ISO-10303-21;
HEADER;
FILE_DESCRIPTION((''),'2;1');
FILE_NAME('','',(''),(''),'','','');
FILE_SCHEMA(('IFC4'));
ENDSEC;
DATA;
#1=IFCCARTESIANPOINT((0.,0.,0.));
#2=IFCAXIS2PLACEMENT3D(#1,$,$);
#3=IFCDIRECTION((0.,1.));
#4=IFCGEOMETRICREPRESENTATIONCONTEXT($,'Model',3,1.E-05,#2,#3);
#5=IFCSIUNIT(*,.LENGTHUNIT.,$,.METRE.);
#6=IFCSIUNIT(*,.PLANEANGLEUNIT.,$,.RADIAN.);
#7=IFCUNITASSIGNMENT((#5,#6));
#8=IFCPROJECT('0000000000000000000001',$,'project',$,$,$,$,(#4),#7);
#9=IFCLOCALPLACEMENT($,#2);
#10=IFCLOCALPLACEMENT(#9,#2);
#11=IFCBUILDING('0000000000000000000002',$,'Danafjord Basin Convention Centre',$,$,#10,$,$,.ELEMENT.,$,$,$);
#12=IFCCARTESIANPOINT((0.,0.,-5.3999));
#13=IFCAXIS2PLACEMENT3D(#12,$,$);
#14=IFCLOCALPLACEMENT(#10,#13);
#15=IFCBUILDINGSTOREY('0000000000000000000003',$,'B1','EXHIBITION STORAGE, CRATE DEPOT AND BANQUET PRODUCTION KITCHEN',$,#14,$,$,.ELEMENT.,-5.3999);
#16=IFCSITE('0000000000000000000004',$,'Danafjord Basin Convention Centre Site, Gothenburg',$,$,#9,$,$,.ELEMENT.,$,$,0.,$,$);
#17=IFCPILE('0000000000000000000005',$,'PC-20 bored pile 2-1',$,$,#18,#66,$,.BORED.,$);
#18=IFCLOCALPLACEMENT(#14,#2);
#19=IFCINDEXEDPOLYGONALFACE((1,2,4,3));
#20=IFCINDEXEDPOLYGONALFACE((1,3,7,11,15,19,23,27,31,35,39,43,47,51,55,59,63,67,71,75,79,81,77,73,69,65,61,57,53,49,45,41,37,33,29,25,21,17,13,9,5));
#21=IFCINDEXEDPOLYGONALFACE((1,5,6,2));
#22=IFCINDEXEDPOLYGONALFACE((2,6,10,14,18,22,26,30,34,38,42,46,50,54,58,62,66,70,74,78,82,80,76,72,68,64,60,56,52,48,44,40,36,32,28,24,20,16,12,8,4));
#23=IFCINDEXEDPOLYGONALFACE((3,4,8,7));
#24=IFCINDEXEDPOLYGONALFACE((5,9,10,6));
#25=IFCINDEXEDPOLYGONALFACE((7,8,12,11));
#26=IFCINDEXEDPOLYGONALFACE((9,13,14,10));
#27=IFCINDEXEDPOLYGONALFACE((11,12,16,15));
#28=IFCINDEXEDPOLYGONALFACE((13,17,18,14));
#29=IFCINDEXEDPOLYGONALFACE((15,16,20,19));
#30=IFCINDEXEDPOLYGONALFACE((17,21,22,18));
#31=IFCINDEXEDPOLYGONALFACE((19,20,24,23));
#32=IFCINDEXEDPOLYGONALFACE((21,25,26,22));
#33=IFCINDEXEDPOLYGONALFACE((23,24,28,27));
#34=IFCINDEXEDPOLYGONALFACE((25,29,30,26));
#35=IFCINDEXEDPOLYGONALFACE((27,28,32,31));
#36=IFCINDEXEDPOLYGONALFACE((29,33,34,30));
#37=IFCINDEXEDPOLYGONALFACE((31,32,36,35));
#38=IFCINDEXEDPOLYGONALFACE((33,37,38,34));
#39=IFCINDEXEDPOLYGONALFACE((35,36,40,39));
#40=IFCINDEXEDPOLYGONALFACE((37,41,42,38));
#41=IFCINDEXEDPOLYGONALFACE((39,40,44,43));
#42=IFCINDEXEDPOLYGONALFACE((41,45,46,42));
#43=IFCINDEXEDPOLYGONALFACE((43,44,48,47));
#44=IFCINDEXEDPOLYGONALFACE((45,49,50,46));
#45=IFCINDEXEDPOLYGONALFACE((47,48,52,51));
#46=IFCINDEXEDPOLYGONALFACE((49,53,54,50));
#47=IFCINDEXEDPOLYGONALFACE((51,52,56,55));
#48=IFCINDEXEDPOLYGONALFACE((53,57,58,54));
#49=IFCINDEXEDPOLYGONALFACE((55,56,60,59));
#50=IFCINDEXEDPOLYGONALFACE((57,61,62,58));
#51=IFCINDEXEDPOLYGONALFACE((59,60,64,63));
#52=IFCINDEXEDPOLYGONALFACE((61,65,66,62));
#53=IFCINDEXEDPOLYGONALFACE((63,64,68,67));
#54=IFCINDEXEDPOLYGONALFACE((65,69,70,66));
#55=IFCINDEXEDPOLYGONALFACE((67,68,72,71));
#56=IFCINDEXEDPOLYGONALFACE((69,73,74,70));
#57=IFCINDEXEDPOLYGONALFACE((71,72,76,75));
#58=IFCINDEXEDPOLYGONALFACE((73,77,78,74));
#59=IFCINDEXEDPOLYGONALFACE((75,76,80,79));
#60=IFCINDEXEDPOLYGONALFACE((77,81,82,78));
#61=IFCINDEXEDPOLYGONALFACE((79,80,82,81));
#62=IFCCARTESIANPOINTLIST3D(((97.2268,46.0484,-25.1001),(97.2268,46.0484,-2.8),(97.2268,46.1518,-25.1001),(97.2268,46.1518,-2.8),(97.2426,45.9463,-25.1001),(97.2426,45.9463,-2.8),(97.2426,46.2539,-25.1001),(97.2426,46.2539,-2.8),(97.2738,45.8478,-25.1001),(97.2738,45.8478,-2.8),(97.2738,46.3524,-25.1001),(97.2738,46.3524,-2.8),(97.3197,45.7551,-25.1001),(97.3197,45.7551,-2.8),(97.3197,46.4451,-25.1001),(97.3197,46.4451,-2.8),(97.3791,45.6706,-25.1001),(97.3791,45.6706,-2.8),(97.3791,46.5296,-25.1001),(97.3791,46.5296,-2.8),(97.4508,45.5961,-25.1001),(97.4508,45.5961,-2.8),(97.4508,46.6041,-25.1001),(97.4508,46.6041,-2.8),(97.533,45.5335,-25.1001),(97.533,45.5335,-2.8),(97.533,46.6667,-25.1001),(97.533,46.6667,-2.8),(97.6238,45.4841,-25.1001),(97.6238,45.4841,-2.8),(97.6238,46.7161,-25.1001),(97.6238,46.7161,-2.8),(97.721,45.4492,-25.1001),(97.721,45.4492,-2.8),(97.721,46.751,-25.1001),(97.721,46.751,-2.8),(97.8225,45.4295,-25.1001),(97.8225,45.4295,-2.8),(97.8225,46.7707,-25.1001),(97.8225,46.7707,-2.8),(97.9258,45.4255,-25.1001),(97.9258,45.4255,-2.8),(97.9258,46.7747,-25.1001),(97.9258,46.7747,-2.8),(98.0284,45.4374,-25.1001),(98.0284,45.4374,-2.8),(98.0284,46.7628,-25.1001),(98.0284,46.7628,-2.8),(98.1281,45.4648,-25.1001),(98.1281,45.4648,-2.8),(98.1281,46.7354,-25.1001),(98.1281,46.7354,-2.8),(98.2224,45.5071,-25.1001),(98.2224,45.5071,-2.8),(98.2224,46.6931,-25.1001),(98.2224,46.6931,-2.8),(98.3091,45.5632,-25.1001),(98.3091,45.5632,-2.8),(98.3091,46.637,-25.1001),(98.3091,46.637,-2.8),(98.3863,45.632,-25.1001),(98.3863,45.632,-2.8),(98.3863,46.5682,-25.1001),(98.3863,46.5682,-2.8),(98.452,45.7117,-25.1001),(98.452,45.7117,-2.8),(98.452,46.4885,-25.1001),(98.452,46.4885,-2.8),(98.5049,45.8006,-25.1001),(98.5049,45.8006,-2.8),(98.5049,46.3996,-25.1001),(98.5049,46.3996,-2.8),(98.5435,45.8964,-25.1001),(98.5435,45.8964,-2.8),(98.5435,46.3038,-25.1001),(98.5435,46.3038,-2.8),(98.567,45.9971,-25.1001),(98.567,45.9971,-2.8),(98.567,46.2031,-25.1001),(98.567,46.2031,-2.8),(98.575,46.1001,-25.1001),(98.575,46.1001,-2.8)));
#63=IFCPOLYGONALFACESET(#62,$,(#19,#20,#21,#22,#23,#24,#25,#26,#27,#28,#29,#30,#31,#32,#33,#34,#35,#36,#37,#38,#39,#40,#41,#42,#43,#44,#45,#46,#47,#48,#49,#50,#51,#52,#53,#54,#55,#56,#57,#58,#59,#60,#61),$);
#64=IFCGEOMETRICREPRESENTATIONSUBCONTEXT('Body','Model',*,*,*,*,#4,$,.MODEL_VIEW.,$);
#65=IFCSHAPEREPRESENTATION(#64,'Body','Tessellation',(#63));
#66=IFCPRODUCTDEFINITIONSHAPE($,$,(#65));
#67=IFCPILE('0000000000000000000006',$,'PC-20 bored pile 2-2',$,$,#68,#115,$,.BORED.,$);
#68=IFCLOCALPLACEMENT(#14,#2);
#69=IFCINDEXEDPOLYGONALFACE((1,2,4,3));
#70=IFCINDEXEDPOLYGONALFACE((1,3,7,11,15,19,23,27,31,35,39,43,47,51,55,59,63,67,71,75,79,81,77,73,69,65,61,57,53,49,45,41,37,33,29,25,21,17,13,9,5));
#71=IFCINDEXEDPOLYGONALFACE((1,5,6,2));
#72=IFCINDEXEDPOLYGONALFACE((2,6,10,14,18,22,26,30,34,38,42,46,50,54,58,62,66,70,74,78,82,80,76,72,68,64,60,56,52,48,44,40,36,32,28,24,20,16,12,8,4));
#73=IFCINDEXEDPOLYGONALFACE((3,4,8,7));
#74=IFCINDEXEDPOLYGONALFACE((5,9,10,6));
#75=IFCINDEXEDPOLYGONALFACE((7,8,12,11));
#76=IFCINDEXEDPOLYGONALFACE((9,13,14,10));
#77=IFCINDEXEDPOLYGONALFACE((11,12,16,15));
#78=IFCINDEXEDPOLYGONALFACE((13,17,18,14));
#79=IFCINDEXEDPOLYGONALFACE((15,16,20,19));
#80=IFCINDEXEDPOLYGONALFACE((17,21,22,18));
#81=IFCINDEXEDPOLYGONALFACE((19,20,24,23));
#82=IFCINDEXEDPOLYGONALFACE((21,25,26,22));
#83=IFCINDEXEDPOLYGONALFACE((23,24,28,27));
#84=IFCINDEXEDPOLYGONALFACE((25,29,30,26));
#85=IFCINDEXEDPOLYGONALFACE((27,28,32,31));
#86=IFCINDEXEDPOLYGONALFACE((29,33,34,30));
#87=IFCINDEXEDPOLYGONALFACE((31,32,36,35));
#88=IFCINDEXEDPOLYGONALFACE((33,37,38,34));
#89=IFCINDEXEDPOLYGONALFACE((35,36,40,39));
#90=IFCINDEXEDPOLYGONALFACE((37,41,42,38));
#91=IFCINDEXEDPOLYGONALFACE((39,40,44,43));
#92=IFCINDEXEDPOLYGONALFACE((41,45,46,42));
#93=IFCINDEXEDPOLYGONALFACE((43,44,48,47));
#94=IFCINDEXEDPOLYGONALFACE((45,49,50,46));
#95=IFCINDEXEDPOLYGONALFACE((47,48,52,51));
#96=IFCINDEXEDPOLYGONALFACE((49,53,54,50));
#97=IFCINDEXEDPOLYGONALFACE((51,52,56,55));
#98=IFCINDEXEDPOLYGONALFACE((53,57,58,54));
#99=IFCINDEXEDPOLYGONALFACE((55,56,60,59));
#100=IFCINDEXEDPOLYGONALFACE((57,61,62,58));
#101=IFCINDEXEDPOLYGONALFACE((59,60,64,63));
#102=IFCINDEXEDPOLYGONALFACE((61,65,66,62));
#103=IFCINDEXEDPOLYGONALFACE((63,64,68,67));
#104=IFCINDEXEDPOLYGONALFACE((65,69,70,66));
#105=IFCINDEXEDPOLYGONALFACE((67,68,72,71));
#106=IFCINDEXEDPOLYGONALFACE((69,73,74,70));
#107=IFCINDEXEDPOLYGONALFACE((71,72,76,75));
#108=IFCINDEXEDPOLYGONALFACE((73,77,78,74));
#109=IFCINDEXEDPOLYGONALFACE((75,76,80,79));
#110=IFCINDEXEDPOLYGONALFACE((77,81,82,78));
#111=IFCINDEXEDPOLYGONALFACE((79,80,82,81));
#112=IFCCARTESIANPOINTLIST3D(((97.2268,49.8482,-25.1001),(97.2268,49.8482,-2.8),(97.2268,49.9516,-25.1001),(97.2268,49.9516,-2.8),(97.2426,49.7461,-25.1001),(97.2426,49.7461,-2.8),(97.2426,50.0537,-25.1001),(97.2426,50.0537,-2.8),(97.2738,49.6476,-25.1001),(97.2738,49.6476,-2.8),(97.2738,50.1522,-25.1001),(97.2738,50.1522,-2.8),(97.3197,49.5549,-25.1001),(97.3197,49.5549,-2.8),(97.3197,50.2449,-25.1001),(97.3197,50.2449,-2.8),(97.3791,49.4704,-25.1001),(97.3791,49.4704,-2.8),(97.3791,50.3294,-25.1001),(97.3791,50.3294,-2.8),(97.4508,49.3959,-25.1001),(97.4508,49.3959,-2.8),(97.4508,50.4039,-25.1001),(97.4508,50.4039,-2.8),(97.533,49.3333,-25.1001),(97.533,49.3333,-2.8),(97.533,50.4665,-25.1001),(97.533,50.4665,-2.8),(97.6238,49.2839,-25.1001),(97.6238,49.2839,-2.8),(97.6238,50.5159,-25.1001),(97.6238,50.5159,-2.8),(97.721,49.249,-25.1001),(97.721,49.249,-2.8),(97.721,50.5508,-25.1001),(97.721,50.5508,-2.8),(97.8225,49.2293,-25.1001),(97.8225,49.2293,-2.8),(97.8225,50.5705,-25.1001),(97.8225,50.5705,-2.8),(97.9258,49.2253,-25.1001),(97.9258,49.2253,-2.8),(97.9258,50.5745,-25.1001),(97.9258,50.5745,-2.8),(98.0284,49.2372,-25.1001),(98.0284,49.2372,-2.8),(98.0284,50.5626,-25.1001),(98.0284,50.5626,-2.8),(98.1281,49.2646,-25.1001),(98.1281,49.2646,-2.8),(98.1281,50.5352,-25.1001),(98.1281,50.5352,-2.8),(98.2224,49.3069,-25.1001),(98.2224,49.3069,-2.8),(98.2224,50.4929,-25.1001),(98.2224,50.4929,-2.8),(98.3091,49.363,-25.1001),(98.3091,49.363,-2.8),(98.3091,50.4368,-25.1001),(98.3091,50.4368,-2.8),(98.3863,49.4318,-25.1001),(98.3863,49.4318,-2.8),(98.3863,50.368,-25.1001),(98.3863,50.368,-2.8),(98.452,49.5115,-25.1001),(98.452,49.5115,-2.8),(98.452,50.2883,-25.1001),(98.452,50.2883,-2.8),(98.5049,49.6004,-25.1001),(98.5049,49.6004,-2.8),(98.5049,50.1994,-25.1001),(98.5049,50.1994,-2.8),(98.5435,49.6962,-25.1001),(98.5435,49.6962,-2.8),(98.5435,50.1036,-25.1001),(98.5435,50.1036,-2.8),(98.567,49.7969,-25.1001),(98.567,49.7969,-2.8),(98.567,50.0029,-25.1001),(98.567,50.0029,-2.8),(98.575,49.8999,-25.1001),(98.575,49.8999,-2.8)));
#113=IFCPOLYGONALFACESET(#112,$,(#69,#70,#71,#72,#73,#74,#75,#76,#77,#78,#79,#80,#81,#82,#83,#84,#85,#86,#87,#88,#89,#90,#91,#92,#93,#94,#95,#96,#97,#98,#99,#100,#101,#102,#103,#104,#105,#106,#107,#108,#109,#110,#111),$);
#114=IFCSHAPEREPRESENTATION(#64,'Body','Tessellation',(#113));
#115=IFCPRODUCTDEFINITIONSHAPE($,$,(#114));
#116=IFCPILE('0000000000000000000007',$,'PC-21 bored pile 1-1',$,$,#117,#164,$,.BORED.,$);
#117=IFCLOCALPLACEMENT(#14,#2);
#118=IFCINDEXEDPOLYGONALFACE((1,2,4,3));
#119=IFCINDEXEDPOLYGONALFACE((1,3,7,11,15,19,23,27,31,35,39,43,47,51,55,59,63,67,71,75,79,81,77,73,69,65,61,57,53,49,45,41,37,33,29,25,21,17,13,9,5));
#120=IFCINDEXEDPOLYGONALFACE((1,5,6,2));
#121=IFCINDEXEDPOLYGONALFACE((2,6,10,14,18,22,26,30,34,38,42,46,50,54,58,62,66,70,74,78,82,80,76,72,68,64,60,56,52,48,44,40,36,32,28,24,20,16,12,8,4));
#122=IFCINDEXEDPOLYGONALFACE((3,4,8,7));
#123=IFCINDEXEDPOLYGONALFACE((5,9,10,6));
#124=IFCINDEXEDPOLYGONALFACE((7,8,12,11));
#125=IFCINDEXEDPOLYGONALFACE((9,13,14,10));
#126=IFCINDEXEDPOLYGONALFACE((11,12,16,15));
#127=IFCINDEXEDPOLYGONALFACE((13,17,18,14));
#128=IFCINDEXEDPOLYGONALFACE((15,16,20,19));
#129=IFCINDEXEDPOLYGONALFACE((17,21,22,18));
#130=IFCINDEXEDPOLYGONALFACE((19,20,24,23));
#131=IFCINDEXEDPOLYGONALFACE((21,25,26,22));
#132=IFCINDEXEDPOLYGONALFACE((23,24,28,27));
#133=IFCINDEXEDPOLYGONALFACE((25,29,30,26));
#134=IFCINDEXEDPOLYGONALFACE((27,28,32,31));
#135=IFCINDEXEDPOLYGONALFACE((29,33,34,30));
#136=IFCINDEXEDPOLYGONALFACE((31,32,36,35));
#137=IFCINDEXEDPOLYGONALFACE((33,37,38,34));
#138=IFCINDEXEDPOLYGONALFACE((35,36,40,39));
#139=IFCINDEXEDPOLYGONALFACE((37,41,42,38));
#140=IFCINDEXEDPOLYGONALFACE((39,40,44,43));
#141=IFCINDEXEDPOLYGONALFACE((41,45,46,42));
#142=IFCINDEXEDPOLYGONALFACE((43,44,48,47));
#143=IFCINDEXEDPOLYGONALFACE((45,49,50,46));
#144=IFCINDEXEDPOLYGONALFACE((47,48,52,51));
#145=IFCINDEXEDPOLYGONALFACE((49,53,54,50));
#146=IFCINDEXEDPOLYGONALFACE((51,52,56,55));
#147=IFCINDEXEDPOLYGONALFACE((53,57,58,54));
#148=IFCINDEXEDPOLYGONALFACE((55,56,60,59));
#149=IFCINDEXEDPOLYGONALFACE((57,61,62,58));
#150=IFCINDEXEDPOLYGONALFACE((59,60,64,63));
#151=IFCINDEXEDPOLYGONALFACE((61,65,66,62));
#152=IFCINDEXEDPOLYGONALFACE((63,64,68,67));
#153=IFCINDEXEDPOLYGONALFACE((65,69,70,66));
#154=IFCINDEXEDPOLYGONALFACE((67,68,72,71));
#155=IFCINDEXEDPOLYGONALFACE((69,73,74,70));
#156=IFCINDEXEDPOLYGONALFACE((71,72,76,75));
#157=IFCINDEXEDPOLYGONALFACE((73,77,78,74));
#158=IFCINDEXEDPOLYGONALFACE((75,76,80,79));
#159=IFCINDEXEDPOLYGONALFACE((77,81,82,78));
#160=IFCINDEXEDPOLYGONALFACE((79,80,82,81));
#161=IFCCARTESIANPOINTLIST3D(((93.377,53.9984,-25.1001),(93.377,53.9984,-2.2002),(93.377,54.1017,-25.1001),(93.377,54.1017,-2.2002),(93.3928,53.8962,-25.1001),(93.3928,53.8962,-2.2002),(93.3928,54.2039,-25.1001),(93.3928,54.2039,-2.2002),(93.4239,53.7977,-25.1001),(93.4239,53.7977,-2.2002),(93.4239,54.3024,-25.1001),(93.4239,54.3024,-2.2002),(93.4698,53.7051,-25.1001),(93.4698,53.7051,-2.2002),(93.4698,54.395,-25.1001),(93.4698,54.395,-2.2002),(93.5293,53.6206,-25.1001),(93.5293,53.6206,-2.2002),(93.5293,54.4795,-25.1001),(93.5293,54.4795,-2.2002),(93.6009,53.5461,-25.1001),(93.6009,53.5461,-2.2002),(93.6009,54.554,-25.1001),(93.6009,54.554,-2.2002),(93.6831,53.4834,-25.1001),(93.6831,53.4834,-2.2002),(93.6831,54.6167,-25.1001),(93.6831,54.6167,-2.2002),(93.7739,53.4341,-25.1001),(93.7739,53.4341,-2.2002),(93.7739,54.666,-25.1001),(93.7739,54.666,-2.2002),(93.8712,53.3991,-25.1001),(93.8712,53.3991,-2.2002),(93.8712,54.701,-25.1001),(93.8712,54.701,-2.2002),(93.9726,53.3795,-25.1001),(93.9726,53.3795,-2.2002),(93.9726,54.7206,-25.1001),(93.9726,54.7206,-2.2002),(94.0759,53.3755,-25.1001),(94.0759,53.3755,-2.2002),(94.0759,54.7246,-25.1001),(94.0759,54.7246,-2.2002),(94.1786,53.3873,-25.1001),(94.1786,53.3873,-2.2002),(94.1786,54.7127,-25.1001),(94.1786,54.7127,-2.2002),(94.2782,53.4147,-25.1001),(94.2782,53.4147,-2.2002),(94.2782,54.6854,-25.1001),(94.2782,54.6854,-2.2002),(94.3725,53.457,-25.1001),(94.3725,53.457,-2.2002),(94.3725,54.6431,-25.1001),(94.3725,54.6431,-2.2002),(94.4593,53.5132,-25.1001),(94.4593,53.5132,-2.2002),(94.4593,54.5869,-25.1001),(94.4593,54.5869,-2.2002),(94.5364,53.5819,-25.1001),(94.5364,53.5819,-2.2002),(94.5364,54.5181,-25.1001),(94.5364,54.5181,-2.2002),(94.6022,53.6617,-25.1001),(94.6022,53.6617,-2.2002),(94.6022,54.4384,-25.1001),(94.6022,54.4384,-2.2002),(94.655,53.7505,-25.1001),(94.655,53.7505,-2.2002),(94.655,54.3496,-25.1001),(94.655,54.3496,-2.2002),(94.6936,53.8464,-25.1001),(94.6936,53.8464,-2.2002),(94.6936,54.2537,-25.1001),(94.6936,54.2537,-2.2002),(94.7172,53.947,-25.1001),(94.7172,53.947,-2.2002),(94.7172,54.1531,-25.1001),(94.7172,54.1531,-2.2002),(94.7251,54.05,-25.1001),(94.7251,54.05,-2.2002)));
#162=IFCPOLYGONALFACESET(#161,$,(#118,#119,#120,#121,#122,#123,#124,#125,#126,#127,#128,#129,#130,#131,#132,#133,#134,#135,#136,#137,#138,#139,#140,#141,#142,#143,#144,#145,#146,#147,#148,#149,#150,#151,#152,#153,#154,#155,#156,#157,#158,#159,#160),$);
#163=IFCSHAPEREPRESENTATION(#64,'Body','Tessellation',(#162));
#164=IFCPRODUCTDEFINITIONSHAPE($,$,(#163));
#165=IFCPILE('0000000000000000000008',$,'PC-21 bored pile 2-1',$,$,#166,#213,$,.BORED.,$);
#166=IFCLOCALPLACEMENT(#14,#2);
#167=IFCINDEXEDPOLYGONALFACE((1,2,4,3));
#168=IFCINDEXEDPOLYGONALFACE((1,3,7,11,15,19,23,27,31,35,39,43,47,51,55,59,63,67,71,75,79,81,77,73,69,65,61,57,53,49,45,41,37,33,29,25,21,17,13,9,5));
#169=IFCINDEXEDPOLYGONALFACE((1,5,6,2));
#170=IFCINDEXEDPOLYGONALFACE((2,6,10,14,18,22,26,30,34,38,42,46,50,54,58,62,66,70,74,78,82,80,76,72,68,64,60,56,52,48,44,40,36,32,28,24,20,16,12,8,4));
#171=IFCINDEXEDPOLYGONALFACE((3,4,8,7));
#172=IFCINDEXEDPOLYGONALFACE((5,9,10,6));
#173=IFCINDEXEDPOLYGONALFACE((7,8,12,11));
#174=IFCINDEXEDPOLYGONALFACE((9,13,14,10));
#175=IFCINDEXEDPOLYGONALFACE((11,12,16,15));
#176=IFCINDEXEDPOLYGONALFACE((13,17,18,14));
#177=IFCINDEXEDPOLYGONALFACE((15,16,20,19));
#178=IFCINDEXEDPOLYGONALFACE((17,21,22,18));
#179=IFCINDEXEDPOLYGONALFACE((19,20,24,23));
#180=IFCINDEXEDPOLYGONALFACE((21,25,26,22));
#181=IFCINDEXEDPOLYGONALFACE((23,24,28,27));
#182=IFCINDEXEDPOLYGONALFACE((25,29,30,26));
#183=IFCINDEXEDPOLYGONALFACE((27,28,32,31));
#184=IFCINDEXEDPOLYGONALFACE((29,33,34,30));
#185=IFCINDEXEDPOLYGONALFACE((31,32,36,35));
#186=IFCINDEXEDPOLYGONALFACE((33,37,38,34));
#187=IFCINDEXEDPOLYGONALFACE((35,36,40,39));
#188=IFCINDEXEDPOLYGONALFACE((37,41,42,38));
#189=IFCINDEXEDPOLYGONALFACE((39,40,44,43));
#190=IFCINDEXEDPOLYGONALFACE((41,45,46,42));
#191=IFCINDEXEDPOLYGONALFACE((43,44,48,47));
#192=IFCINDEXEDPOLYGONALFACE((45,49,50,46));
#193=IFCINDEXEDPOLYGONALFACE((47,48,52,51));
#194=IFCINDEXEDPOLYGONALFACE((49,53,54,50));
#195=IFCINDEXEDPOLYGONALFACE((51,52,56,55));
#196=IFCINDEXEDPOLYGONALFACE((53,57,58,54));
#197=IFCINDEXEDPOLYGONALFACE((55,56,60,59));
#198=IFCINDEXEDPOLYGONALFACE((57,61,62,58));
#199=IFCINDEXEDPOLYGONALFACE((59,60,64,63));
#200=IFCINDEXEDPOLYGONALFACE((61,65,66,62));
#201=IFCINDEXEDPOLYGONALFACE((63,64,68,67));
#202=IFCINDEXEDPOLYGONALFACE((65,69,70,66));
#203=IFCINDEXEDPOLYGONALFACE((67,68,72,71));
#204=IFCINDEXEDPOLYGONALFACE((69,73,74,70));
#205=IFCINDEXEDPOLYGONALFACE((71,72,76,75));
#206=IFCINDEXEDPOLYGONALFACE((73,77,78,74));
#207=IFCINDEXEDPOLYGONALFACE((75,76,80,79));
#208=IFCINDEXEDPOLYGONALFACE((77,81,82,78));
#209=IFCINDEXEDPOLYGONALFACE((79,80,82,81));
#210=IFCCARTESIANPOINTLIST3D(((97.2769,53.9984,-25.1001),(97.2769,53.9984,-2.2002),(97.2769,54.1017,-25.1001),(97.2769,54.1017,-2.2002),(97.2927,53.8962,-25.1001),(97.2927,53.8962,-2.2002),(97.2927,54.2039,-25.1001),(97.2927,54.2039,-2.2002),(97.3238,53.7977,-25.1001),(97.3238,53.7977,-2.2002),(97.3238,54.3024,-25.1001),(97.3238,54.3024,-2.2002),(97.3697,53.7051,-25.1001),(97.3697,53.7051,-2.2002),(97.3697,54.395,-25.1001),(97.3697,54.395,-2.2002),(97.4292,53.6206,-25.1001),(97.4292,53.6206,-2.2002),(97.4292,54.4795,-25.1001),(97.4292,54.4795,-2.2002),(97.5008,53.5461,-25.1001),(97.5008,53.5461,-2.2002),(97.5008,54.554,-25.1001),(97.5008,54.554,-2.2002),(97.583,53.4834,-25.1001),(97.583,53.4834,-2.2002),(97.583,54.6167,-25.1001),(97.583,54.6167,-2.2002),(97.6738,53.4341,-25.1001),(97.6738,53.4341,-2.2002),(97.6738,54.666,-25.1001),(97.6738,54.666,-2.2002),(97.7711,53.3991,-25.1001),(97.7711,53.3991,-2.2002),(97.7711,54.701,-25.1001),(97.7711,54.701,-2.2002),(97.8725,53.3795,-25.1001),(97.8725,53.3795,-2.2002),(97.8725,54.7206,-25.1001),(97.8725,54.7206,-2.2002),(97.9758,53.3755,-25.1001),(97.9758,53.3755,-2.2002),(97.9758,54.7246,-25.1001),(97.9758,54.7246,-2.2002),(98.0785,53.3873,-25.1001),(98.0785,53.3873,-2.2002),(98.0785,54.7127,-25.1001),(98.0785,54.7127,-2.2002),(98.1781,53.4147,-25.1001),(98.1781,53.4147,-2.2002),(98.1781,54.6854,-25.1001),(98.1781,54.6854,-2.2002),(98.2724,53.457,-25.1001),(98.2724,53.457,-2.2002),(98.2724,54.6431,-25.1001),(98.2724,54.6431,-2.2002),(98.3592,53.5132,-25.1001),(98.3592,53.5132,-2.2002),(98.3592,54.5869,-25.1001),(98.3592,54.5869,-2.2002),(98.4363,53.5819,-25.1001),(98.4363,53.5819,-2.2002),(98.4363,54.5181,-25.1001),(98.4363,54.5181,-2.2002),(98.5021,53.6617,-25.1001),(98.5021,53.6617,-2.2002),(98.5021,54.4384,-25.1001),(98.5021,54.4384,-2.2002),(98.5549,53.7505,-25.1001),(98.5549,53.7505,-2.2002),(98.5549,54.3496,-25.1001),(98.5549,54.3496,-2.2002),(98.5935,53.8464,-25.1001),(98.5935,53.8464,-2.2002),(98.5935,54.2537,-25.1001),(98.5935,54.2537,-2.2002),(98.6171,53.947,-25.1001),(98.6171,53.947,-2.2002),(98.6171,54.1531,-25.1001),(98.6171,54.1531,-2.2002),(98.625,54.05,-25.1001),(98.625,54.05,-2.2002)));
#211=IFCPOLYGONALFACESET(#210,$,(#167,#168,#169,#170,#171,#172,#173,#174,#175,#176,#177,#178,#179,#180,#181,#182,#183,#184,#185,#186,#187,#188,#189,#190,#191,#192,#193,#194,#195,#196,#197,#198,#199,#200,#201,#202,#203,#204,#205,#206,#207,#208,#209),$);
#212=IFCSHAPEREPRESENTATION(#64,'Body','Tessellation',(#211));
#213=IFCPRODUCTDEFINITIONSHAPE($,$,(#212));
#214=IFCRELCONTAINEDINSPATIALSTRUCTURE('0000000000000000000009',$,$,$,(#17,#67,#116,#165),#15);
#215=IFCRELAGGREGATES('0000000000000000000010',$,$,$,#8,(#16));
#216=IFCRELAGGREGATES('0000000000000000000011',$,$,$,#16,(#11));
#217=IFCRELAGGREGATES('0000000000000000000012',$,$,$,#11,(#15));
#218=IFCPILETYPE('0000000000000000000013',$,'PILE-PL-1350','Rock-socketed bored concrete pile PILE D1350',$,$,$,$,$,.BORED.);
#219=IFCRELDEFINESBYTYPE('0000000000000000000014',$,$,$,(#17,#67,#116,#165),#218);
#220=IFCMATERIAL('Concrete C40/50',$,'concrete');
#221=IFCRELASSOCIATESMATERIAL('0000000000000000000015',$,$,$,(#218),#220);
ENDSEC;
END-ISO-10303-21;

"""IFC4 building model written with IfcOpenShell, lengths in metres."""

from ifc_helpers import new_model, si_unit, direction, frame, origin, origin_2d, place, context, subcontext, project, spatial, circle, extrude, material, material_profile, profile_set, type_object, element, save


model = new_model("IFC4")

# Units and contexts
model_context = context("Model", 3, precision=1e-05, world=origin(), true_north=direction((0.0, 1.0)))
body_context = subcontext(model_context, "Body", "Model", "MODEL_VIEW")
ifc_project = project(units=[si_unit("LENGTHUNIT", "METRE"), si_unit("PLANEANGLEUNIT", "RADIAN")], contexts=[model_context])

# Site, building, storey
site_placement = place(None, origin())
site = spatial("IfcSite", under=ifc_project, at=site_placement, Name="Danafjord Basin Convention Centre Site, Gothenburg", CompositionType="ELEMENT", RefElevation=0.0)
building_placement = place(site_placement, origin())
building = spatial("IfcBuilding", under=site, at=building_placement, Name="Danafjord Basin Convention Centre", CompositionType="ELEMENT")
storey_placement = place(building_placement, frame((0.0, 0.0, -5.3999)))
storey = spatial("IfcBuildingStorey", under=building, at=storey_placement, Name="B1", Description="EXHIBITION STORAGE, CRATE DEPOT AND BANQUET PRODUCTION KITCHEN", CompositionType="ELEMENT", Elevation=-5.3999)

# Shared definitions
ifc_material_1 = material(Name="Concrete C40/50", Category="concrete")

# Piles
ifc_material_profile_1 = material_profile(ifc_material_1, circle(Radius=0.675, at=origin_2d()), Name="PILE D1350")
ifc_profile_set_1 = profile_set([ifc_material_profile_1], Name="Concrete C40/50")
pile_type_1 = type_object("IfcPileType", Name="PILE-PL-1350", Description="Rock-socketed bored concrete pile PILE D1350", PredefinedType="BORED", material=ifc_profile_set_1)
for number, where, z_axis, x_axis, name in (
    (1, (97.8999, 46.1001, -2.8), (0.0, 0.0, -1.0), (1.0, 0.0, 0.0), "PC-20 bored pile 2-1"),
    (2, (97.8999, 49.8999, -2.8), (0.0, 0.0, -1.0), (1.0, 0.0, 0.0), "PC-20 bored pile 2-2"),
):
    element("IfcPile", number, at=place(storey_placement, frame(where, z_axis=z_axis, x_axis=x_axis)), inside=storey, type_object=pile_type_1, Name=name, PredefinedType="BORED", context=body_context, shape_type="SweptSolid", body=[
        extrude(circle(Radius=0.675, at=origin_2d()), origin(), (0.0, 0.0, 1.0), 22.3),
    ])
for number, where, z_axis, x_axis, name in (
    (3, (94.05, 54.05, -2.2002), (0.0, 0.0, -1.0), (1.0, 0.0, 0.0), "PC-21 bored pile 1-1"),
    (4, (97.95, 54.05, -2.2002), (0.0, 0.0, -1.0), (1.0, 0.0, 0.0), "PC-21 bored pile 2-1"),
):
    element("IfcPile", number, at=place(storey_placement, frame(where, z_axis=z_axis, x_axis=x_axis)), inside=storey, type_object=pile_type_1, Name=name, PredefinedType="BORED", context=body_context, shape_type="SweptSolid", body=[
        extrude(circle(Radius=0.675, at=origin_2d()), origin(), (0.0, 0.0, 1.0), 22.8999),
    ])

save(model, "model.ifc")
